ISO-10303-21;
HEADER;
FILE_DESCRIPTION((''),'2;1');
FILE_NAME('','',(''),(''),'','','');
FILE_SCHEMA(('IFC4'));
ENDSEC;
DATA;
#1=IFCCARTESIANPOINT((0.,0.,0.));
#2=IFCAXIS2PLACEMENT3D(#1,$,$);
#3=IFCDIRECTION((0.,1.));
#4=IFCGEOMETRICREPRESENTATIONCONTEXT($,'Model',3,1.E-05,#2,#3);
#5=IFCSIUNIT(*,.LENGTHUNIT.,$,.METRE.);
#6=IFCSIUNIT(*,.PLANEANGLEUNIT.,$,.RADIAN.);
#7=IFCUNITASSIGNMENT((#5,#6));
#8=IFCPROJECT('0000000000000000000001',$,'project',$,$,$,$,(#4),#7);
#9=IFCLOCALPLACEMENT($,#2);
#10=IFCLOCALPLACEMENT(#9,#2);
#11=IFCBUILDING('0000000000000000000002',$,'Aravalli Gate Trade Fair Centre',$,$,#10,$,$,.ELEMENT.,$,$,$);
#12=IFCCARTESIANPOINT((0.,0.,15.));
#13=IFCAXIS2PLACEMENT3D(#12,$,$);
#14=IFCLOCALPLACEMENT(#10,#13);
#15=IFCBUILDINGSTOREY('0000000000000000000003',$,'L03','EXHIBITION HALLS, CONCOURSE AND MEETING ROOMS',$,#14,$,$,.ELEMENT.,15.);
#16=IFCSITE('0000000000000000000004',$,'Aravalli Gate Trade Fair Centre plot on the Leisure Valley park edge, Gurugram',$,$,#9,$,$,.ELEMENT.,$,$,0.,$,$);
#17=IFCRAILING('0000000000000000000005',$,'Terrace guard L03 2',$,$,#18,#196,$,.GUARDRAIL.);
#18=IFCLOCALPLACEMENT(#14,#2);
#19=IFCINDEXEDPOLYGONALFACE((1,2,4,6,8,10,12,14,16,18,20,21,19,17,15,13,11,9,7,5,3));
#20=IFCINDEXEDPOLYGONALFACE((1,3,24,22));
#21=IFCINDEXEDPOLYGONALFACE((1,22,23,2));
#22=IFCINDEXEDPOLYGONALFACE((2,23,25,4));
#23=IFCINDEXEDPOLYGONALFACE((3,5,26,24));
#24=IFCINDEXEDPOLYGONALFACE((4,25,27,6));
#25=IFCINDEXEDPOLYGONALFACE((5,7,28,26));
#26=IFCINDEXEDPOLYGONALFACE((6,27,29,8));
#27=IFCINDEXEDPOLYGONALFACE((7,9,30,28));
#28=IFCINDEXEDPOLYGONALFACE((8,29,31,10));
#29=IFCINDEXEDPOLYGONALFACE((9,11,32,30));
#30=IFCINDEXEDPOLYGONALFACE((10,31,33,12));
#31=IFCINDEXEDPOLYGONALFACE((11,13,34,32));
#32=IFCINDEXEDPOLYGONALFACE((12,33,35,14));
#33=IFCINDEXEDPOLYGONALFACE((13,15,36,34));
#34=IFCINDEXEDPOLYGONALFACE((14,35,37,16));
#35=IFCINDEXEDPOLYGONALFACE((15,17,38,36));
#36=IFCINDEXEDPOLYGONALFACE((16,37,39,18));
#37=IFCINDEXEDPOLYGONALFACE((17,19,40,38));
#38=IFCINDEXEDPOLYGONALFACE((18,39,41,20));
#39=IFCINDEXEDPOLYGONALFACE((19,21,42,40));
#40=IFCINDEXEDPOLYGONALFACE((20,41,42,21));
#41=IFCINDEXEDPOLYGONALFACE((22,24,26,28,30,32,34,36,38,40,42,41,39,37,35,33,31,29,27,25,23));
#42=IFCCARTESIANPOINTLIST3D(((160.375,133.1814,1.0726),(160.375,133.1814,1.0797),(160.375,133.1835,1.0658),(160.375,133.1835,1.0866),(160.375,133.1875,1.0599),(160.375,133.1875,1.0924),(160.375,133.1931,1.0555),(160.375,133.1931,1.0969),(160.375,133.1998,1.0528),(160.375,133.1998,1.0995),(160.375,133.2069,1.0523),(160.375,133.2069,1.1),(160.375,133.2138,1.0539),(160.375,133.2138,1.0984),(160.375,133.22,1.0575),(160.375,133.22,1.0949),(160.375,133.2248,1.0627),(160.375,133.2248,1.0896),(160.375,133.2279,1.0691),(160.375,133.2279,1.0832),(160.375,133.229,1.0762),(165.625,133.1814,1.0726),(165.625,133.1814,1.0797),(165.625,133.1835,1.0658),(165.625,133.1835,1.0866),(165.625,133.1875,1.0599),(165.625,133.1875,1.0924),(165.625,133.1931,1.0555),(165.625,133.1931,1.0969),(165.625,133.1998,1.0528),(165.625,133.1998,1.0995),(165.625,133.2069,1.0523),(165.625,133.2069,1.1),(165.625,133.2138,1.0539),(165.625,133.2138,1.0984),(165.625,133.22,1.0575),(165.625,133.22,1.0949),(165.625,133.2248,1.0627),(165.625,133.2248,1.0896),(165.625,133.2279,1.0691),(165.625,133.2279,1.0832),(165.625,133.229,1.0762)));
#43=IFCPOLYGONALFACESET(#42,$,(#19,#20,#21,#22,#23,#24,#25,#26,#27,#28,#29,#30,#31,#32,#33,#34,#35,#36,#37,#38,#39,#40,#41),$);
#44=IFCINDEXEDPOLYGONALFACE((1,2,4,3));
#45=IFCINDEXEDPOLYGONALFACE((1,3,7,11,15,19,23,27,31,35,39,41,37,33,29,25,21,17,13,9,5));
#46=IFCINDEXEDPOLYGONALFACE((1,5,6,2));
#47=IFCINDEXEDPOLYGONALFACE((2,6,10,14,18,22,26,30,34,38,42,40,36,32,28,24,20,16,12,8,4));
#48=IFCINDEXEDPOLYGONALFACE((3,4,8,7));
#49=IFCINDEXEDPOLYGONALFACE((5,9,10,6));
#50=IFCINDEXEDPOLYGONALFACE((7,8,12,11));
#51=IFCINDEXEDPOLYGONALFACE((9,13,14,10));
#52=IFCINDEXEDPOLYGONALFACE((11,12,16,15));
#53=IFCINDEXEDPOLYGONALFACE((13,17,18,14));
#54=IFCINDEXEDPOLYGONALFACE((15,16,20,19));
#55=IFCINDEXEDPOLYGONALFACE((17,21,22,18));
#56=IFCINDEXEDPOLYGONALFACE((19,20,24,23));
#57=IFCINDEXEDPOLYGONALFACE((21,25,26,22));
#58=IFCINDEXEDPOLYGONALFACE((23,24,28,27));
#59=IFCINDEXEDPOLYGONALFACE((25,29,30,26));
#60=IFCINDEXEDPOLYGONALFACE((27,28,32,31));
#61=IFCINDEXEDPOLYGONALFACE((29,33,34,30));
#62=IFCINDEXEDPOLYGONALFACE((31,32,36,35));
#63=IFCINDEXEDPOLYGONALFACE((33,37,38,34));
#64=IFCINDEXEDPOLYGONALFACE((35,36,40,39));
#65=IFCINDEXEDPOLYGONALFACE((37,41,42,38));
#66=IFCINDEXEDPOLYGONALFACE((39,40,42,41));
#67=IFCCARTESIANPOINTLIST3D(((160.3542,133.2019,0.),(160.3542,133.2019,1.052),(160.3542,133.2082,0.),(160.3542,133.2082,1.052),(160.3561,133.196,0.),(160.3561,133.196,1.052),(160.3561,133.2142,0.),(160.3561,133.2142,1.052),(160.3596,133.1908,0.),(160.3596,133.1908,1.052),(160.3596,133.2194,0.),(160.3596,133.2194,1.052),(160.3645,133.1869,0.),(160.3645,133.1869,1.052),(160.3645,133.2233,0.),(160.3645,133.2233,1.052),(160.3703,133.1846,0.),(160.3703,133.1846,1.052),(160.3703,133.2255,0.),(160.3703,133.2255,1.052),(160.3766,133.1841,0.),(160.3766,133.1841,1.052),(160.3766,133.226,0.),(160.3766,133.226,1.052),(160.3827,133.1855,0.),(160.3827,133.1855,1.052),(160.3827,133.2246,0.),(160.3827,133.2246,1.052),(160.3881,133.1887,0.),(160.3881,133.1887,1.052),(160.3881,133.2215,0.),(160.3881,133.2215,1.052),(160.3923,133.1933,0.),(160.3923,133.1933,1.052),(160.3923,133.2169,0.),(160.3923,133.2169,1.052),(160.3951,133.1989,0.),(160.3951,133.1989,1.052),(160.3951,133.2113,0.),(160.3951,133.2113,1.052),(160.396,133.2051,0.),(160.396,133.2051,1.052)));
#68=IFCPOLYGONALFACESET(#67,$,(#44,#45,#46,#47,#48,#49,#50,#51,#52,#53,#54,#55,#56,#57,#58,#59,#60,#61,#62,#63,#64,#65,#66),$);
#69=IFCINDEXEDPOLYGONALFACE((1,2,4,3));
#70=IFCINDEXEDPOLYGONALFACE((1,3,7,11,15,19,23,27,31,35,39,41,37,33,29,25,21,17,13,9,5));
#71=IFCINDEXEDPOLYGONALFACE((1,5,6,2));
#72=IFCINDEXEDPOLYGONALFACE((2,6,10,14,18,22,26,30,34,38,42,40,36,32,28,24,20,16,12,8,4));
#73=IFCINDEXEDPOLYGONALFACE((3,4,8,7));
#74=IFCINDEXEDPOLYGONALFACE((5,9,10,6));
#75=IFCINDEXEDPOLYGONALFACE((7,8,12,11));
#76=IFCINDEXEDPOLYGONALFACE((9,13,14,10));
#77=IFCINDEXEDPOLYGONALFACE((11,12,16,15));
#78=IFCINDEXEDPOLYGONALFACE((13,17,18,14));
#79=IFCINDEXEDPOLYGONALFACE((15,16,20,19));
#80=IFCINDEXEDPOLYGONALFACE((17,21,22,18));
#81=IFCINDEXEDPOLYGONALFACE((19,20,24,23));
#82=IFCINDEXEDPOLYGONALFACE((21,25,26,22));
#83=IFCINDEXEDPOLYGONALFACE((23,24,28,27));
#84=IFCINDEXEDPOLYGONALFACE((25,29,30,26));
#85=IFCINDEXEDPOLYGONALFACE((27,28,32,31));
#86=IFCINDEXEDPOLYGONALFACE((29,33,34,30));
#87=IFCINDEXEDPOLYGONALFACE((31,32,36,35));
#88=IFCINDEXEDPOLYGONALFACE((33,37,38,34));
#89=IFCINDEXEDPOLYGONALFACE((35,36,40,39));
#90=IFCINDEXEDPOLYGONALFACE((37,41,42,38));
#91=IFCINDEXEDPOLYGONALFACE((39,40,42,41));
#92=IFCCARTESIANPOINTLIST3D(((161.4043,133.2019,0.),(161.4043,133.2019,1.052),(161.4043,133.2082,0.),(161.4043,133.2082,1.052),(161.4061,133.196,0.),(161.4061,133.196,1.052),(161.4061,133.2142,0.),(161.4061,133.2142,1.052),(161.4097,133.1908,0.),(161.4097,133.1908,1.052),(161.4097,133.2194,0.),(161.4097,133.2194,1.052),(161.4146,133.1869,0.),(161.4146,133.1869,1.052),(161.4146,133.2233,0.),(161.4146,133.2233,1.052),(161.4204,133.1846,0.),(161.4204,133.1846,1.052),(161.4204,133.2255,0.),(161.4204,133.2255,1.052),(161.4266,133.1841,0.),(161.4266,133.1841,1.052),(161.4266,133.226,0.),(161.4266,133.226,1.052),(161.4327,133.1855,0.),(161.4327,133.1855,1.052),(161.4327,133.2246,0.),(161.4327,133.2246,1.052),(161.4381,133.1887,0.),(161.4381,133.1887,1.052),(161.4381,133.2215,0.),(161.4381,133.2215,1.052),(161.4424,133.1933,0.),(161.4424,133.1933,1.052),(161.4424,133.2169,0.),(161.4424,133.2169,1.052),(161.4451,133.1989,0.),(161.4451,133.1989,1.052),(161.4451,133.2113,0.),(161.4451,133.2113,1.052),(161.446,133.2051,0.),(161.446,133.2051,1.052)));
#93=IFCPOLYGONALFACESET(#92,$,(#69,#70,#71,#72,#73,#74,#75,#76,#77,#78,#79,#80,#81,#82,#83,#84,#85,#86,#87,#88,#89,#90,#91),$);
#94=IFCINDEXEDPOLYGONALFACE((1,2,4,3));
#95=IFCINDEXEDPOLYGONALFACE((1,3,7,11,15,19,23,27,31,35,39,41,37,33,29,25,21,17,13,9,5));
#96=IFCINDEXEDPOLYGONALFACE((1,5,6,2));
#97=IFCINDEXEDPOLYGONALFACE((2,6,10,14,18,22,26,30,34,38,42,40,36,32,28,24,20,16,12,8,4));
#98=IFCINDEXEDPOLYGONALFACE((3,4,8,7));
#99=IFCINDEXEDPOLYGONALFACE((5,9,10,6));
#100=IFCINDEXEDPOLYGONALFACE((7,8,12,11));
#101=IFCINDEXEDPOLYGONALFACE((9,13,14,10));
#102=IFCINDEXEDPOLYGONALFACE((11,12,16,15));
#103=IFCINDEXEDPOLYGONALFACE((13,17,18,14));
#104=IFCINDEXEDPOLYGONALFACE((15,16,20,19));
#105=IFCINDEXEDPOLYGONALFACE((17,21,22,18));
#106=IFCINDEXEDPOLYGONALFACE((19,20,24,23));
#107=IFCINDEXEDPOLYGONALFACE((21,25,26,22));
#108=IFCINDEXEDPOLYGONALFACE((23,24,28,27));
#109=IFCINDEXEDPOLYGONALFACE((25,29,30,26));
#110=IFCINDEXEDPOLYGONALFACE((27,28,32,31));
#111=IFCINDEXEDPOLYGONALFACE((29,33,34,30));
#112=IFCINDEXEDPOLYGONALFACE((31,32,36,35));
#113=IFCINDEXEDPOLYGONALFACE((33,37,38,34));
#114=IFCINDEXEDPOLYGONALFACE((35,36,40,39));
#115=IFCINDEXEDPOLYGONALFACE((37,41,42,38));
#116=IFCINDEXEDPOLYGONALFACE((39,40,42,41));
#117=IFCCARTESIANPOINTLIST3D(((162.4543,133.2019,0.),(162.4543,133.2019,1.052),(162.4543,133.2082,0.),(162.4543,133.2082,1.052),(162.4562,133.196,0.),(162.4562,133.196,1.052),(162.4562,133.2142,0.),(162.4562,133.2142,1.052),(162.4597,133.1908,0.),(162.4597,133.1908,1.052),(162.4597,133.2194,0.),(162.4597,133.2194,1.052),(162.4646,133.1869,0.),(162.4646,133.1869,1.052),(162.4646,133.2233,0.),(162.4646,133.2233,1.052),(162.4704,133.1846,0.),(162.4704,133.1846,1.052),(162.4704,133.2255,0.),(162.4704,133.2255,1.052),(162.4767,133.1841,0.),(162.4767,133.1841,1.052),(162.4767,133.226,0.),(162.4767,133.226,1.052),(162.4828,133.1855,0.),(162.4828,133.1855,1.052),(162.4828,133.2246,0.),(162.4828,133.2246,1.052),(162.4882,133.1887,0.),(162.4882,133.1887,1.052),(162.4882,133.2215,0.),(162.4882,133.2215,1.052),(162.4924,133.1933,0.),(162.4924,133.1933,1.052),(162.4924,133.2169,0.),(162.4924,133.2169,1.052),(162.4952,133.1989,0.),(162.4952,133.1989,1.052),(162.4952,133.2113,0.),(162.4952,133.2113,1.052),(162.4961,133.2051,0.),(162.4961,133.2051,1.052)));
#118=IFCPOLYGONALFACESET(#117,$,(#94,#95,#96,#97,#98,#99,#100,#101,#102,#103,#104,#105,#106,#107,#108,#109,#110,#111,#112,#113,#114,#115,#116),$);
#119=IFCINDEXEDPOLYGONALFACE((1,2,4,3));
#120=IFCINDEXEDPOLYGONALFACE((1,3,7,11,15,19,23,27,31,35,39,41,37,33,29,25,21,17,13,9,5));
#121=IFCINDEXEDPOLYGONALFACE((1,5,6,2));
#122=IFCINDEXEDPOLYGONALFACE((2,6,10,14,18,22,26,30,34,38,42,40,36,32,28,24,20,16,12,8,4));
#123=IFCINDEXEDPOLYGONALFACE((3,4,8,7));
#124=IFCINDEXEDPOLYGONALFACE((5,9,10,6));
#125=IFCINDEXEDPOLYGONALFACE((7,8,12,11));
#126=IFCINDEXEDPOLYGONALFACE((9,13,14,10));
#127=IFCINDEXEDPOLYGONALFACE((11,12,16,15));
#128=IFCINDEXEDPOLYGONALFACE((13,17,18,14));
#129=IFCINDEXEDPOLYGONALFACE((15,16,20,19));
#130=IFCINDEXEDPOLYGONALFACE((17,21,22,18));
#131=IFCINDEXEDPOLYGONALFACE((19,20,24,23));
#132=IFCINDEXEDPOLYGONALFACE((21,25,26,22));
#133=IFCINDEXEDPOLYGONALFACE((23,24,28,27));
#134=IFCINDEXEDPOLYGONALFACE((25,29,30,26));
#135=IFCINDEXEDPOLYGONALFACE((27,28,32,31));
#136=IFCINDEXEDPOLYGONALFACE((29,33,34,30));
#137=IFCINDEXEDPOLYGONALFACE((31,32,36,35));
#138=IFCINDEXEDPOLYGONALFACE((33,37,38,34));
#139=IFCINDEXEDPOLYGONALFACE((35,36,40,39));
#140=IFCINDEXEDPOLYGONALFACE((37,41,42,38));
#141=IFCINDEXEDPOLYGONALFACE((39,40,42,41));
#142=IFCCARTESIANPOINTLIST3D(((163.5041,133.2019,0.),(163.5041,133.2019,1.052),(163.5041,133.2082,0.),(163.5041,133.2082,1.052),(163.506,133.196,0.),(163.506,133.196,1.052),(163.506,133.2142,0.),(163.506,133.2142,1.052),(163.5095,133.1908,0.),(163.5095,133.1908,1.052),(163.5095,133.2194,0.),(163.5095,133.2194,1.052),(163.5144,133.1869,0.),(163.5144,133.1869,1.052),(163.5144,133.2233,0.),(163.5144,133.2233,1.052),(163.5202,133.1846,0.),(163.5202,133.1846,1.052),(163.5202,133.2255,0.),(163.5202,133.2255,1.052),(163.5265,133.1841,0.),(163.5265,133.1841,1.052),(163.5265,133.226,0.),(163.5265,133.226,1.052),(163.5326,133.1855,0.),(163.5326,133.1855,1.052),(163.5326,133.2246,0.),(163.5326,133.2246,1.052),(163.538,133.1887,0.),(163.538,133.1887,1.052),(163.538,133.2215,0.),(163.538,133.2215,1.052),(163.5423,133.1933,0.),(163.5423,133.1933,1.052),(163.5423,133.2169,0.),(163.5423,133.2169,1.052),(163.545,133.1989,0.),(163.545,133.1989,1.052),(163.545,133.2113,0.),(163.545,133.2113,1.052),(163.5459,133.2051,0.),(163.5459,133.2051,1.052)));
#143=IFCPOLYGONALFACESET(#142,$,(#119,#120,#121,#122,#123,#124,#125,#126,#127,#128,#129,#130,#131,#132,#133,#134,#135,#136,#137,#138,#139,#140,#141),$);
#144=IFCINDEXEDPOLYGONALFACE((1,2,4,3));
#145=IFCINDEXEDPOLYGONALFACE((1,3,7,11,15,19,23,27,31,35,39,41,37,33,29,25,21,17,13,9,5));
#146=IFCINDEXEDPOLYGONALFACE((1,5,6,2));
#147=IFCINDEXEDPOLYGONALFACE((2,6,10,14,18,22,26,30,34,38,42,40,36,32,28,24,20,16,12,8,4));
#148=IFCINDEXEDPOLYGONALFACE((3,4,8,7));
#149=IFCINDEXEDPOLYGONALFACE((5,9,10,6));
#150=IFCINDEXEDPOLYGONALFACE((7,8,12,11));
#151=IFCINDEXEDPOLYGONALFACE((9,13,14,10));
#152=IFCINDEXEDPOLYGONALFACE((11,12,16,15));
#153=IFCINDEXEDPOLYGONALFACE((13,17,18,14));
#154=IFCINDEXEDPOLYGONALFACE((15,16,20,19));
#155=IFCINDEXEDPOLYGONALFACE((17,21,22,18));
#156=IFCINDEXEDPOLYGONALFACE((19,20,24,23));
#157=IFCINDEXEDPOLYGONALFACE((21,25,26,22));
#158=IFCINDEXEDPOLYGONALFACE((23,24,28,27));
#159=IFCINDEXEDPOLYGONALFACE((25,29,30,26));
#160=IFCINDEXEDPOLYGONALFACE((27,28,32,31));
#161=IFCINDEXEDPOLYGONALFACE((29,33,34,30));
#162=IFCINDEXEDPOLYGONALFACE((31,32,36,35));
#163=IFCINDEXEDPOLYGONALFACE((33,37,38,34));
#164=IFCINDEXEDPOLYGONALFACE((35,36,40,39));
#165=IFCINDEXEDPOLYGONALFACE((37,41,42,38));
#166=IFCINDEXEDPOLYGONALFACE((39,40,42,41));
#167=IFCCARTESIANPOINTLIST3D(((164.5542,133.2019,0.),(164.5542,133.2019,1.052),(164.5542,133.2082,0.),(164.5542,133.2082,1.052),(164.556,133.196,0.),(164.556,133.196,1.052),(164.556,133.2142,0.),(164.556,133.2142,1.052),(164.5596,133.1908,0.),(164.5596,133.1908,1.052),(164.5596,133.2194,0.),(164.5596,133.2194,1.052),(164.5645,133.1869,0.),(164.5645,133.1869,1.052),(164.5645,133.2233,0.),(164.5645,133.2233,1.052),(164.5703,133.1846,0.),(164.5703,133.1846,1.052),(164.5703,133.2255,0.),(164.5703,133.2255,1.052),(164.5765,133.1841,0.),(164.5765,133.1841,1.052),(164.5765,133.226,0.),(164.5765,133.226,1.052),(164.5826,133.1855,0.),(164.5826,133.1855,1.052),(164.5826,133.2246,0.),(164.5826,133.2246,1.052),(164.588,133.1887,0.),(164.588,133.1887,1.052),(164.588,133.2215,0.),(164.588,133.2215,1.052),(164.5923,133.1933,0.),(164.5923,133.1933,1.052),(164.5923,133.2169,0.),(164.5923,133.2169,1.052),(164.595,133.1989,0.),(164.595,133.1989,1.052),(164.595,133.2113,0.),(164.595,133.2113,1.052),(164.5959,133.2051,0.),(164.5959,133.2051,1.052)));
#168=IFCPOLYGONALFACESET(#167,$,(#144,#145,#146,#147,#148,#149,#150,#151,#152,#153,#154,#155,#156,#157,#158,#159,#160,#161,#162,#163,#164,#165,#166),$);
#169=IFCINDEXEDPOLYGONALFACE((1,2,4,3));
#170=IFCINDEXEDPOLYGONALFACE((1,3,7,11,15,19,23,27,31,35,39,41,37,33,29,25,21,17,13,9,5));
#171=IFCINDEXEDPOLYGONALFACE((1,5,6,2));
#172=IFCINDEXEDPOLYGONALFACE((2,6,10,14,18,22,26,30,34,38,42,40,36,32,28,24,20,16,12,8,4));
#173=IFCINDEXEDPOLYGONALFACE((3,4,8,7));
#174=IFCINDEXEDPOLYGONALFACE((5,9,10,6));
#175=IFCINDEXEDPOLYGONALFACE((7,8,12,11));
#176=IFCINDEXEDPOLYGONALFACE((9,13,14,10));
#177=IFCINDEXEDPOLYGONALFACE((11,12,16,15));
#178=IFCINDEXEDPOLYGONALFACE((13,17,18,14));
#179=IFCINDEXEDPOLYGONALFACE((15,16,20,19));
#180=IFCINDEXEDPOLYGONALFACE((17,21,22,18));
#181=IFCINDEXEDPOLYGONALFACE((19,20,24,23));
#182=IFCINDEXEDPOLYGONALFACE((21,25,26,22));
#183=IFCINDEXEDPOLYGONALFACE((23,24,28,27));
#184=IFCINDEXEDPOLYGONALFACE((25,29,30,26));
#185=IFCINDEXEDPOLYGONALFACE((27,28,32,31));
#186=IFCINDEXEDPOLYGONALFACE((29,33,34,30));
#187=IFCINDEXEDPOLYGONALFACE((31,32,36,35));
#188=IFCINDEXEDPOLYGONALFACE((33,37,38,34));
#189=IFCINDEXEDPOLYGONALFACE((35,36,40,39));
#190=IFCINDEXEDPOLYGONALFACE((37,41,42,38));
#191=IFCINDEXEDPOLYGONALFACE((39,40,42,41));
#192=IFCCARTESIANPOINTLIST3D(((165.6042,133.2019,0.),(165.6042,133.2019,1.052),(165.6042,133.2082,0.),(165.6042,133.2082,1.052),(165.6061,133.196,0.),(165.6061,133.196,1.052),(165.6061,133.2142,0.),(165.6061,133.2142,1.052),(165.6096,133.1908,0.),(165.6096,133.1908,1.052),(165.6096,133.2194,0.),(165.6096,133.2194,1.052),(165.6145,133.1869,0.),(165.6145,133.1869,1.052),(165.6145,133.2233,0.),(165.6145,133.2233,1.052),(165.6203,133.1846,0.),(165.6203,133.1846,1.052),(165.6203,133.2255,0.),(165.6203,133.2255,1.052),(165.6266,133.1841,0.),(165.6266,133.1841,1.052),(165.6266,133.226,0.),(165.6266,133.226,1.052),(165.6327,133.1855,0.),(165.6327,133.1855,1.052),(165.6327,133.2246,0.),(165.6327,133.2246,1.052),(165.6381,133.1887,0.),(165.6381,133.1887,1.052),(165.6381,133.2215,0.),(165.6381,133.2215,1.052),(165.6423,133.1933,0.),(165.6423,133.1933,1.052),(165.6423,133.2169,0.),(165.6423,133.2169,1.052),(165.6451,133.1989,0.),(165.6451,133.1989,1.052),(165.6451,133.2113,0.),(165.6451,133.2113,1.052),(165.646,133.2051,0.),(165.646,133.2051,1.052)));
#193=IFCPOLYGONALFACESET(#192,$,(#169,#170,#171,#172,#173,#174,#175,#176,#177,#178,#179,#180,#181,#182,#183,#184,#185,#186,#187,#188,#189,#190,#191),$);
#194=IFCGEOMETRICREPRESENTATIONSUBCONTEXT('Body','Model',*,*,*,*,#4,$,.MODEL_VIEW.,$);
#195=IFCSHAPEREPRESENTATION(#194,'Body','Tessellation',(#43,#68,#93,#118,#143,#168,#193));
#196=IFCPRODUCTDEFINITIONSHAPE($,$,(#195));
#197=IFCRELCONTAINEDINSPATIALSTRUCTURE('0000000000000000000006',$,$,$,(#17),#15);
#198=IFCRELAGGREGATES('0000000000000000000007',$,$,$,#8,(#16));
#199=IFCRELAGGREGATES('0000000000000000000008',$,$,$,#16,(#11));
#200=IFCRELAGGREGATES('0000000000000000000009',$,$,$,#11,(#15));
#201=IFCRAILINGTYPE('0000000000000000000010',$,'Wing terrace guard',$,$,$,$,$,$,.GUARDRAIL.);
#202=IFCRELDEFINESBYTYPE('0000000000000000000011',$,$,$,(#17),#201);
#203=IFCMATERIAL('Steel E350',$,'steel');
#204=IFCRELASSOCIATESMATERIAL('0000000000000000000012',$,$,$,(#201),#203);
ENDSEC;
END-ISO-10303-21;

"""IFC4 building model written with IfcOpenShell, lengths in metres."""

from ifc_helpers import new_model, si_unit, direction, frame, origin, origin_2d, place, context, subcontext, project, spatial, circle, extrude, material, type_object, element, save


model = new_model("IFC4")

# Units and contexts
model_context = context("Model", 3, precision=1e-05, world=origin(), true_north=direction((0.0, 1.0)))
body_context = subcontext(model_context, "Body", "Model", "MODEL_VIEW")
ifc_project = project(units=[si_unit("LENGTHUNIT", "METRE"), si_unit("PLANEANGLEUNIT", "RADIAN")], contexts=[model_context])

# Site, building, storey
site_placement = place(None, origin())
site = spatial("IfcSite", under=ifc_project, at=site_placement, Name="Aravalli Gate Trade Fair Centre plot on the Leisure Valley park edge, Gurugram", CompositionType="ELEMENT", RefElevation=0.0)
building_placement = place(site_placement, origin())
building = spatial("IfcBuilding", under=site, at=building_placement, Name="Aravalli Gate Trade Fair Centre", CompositionType="ELEMENT")
storey_placement = place(building_placement, frame((0.0, 0.0, 15.0)))
storey = spatial("IfcBuildingStorey", under=building, at=storey_placement, Name="L03", Description="EXHIBITION HALLS, CONCOURSE AND MEETING ROOMS", CompositionType="ELEMENT", Elevation=15.0)

# Shared definitions
ifc_material_1 = material(Name="Steel E350", Category="steel")

# Railing
railing_type = type_object("IfcRailingType", Name="Wing terrace guard", PredefinedType="GUARDRAIL", material=ifc_material_1)
railing_1_placement = place(storey_placement, frame((160.375, 133.2051, 0.0)))
element("IfcRailing", 1, at=railing_1_placement, inside=storey, type_object=railing_type, Name="Terrace guard L03 2", PredefinedType="GUARDRAIL", context=body_context, shape_type="SweptSolid", body=[
    extrude(circle(Radius=0.0239, at=origin_2d()), frame((0.0, 0.0, 1.0762), z_axis=(1.0, 0.0, 0.0), x_axis=(0.0, 1.0, 0.0)), (0.0, 0.0, 1.0), 5.25),
    extrude(circle(Radius=0.021, at=origin_2d()), origin(), (0.0, 0.0, 1.0), 1.052),
    extrude(circle(Radius=0.021, at=origin_2d()), frame((1.05, 0.0, 0.0)), (0.0, 0.0, 1.0), 1.052),
    extrude(circle(Radius=0.021, at=origin_2d()), frame((2.1001, 0.0, 0.0)), (0.0, 0.0, 1.0), 1.052),
    extrude(circle(Radius=0.021, at=origin_2d()), frame((3.1499, 0.0, 0.0)), (0.0, 0.0, 1.0), 1.052),
    extrude(circle(Radius=0.021, at=origin_2d()), frame((4.2, 0.0, 0.0)), (0.0, 0.0, 1.0), 1.052),
    extrude(circle(Radius=0.021, at=origin_2d()), frame((5.25, 0.0, 0.0)), (0.0, 0.0, 1.0), 1.052),
])

save(model, "model.ifc")
